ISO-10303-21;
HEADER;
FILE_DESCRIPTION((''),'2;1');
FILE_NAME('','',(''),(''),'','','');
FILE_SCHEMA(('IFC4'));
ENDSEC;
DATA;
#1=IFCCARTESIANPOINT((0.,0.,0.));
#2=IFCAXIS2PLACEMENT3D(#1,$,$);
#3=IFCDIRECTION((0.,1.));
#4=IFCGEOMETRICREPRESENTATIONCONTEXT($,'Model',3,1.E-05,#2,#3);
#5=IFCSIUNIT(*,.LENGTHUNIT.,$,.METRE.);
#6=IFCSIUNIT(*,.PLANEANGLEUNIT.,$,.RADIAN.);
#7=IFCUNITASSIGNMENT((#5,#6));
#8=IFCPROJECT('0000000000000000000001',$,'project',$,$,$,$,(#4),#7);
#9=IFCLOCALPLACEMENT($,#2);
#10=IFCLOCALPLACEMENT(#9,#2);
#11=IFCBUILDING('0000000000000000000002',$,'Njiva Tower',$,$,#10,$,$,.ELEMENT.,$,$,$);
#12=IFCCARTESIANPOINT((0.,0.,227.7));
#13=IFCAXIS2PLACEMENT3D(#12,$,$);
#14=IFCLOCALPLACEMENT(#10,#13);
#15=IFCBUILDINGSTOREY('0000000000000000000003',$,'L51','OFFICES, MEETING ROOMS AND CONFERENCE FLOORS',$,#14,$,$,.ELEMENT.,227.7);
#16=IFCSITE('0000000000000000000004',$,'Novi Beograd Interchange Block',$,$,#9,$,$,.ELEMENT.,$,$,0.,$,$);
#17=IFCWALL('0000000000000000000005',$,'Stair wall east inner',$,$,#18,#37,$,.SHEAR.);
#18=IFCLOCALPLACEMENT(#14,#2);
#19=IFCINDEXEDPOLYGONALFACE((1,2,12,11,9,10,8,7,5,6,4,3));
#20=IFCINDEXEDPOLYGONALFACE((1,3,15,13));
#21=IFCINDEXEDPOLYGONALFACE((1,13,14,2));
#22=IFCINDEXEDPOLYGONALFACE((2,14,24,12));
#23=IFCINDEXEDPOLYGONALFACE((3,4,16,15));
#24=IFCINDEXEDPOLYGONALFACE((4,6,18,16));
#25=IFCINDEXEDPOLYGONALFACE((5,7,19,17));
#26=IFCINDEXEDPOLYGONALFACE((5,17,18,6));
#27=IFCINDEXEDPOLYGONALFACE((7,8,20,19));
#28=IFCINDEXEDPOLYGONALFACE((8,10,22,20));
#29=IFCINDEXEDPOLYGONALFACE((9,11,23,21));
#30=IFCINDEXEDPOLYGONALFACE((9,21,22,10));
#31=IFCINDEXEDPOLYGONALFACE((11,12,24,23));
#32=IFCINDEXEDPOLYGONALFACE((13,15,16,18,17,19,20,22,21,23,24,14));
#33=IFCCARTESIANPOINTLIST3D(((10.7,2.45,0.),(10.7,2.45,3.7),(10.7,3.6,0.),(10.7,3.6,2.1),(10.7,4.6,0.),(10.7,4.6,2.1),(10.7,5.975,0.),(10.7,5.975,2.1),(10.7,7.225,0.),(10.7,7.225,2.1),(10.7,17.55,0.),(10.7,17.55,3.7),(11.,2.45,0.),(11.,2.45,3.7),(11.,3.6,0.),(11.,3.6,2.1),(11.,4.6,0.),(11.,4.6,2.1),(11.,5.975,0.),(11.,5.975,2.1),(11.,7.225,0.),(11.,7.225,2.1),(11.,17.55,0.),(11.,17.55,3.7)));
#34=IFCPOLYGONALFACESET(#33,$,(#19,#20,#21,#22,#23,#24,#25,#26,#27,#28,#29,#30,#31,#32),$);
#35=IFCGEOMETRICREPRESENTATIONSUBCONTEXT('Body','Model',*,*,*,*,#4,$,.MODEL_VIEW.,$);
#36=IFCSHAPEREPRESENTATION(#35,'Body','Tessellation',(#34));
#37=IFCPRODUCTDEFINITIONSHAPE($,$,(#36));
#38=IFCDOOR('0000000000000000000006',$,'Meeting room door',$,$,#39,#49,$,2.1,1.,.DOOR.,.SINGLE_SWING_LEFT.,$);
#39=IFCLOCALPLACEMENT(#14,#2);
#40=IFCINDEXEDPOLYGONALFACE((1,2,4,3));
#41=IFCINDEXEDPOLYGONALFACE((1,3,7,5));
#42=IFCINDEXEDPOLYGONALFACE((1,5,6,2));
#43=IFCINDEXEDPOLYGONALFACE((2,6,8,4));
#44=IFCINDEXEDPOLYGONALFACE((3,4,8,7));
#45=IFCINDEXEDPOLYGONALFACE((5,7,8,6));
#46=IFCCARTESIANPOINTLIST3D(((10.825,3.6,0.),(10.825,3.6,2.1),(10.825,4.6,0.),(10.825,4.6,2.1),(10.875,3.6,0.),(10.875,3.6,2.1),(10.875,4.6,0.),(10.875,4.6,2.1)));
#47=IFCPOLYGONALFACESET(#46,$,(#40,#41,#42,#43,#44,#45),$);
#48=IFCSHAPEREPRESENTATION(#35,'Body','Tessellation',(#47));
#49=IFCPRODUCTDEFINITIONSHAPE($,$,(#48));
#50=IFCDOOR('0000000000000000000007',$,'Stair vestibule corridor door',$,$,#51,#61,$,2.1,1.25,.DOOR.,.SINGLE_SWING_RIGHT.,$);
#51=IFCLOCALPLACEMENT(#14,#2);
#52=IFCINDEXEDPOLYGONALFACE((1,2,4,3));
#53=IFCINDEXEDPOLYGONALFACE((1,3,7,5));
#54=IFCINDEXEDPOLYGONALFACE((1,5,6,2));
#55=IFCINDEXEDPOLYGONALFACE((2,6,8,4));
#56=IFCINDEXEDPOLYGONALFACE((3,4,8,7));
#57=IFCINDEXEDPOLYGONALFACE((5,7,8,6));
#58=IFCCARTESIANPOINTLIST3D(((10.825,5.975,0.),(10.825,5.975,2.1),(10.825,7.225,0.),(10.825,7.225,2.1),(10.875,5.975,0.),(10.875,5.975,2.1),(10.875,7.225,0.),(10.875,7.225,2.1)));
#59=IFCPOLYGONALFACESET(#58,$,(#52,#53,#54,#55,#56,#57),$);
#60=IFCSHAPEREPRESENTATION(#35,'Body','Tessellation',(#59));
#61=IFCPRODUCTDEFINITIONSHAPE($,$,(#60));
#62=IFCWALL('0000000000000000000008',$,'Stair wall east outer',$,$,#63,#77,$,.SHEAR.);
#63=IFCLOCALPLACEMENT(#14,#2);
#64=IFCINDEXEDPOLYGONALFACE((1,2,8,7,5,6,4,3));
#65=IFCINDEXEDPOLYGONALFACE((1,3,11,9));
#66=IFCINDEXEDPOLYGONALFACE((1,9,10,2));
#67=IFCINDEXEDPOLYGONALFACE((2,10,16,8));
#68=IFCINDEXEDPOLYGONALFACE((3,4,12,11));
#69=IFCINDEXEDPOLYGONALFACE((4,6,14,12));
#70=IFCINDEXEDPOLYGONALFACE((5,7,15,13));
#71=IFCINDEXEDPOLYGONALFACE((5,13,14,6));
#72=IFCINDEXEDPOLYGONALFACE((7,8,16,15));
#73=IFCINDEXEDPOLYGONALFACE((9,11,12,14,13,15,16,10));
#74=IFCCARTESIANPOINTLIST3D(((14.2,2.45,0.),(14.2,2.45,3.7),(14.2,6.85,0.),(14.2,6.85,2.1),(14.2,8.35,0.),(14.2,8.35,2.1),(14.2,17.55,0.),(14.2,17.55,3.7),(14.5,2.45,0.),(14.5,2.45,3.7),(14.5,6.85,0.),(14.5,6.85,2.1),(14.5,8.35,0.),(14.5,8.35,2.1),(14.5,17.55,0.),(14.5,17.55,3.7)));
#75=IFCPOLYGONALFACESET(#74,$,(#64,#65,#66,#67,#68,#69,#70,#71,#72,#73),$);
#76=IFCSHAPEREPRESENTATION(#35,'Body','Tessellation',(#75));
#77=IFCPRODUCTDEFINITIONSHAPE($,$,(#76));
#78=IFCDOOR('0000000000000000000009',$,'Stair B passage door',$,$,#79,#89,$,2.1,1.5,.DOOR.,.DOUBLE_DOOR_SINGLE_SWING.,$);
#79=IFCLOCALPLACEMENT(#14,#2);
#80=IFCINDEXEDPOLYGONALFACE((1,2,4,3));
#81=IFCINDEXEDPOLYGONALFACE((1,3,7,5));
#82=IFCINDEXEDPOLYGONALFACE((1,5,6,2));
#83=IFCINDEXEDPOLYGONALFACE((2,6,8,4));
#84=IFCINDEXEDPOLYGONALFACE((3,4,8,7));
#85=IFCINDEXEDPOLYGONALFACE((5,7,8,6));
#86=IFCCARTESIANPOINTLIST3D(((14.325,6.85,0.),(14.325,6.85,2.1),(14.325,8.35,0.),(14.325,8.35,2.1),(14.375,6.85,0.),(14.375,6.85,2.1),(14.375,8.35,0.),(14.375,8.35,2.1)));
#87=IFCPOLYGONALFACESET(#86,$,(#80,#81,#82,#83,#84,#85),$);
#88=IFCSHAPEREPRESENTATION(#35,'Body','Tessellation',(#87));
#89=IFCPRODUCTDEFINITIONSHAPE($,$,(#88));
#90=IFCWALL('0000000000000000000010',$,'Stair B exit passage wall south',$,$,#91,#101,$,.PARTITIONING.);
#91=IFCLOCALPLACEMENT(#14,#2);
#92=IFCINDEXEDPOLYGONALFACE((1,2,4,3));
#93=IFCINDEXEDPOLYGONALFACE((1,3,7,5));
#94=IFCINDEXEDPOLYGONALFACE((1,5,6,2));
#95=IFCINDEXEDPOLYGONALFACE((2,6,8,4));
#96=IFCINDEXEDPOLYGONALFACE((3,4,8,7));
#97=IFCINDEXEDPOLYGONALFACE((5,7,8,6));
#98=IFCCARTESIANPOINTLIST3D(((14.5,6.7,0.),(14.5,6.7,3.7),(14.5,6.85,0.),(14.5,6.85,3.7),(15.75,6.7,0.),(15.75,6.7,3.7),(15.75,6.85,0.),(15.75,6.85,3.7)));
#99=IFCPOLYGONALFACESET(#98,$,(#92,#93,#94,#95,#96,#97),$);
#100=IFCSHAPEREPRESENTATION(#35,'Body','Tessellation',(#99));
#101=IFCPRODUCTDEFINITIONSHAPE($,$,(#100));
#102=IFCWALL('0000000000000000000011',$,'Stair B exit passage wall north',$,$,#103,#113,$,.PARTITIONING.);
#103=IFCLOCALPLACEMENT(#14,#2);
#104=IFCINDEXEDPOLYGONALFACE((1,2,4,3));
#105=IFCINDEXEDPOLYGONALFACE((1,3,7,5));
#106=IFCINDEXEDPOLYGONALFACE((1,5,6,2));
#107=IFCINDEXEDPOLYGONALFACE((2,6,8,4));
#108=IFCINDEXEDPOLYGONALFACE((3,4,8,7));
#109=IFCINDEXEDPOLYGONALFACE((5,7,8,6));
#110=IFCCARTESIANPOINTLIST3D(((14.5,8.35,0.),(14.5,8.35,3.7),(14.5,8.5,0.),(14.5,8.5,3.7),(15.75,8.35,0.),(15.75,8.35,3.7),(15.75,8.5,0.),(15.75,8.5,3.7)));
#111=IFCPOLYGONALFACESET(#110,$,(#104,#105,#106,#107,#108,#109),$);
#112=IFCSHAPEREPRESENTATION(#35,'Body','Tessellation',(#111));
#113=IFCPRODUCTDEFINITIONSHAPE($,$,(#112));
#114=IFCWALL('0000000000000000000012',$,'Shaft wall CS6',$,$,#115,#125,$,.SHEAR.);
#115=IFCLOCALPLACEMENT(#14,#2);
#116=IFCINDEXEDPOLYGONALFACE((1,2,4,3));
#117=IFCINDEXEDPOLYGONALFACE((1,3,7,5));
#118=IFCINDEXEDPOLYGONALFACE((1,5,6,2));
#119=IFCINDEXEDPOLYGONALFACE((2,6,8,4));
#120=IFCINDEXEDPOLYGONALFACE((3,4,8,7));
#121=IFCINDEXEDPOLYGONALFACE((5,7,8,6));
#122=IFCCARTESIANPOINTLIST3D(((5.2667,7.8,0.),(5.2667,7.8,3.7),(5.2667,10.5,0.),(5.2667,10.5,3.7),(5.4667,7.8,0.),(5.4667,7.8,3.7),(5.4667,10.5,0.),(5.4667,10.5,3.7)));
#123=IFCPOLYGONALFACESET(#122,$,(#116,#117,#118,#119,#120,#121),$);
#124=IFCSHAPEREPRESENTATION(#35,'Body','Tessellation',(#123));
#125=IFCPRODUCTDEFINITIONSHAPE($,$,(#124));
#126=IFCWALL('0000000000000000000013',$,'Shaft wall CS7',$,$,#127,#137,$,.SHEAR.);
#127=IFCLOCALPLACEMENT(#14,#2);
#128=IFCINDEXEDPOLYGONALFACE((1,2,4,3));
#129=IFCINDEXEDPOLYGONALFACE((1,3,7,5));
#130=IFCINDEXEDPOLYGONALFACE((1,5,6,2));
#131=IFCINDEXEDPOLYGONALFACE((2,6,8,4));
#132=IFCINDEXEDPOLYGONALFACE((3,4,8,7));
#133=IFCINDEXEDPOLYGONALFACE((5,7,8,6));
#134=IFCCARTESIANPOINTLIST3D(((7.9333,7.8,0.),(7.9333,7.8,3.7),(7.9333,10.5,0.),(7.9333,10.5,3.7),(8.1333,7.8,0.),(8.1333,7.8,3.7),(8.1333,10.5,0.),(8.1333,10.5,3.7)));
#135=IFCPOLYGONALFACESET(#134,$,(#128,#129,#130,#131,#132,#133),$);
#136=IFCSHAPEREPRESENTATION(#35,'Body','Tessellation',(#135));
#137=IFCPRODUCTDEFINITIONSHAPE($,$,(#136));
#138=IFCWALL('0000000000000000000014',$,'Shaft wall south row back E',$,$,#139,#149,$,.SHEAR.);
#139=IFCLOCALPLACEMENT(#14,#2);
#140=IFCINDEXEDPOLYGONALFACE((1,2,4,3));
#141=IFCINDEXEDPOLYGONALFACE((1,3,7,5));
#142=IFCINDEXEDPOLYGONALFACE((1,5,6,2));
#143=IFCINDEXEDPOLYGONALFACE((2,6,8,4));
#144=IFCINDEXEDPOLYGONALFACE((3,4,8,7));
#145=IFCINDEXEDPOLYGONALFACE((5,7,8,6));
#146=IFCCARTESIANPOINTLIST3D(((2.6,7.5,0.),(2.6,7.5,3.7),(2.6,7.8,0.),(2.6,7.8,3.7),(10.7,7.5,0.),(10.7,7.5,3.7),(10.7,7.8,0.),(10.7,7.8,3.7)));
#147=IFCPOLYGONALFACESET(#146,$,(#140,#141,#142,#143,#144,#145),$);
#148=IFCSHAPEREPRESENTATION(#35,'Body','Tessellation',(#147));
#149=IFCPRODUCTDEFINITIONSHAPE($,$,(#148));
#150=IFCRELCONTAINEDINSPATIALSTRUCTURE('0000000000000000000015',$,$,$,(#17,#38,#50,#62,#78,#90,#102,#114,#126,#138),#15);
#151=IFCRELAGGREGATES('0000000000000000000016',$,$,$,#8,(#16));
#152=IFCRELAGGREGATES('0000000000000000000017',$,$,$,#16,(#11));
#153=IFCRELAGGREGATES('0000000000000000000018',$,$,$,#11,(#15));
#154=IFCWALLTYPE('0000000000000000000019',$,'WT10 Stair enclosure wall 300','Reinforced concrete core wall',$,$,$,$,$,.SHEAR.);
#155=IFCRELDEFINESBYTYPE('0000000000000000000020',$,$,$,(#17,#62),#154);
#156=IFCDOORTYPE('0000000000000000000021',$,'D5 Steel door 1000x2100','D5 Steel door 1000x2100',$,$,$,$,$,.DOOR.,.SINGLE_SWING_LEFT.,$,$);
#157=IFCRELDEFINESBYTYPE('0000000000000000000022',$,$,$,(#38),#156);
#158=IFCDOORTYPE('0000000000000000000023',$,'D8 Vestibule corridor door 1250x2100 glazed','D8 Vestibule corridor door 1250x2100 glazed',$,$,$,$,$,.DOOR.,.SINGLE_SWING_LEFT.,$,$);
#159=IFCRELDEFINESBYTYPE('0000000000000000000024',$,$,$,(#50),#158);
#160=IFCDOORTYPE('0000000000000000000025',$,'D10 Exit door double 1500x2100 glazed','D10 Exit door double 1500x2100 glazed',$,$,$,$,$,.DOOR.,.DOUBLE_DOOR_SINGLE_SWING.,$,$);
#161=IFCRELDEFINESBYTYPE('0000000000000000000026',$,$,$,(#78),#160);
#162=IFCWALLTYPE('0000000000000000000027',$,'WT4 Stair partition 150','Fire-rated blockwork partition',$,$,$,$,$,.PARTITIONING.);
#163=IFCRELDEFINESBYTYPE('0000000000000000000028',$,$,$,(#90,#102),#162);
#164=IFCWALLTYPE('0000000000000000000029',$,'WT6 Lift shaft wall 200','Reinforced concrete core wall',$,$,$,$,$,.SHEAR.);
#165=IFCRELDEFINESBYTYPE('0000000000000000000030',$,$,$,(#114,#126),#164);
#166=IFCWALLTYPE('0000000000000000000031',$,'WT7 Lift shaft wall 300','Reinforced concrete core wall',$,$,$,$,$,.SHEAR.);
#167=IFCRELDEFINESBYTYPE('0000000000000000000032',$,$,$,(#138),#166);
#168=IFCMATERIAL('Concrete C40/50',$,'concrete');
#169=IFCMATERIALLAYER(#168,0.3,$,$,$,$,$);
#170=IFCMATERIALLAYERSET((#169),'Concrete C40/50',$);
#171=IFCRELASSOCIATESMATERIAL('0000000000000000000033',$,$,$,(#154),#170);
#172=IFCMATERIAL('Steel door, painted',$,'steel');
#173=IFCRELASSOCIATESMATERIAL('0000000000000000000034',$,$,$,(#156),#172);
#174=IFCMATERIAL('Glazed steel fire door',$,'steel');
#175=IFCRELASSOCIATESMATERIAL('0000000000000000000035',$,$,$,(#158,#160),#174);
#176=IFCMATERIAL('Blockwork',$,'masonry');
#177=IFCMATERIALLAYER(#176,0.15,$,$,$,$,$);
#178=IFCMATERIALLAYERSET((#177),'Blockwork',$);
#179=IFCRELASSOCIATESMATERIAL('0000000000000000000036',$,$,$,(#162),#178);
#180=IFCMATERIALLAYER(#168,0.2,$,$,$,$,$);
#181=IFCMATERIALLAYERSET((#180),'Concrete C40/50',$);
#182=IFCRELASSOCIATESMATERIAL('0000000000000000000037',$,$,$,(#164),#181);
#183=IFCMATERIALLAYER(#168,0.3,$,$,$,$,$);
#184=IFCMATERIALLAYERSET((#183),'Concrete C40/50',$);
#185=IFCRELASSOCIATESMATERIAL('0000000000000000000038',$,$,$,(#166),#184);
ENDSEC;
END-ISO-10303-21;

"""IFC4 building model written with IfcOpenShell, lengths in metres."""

from ifc_helpers import new_model, si_unit, direction, frame, frame_2d, origin, place, context, subcontext, project, spatial, rectangle, extrude, material, layer, layer_set, type_object, element, fill, save


model = new_model("IFC4")

# Units and contexts
model_context = context("Model", 3, precision=1e-05, world=origin(), true_north=direction((0.0, 1.0)))
body_context = subcontext(model_context, "Body", "Model", "MODEL_VIEW")
ifc_project = project(units=[si_unit("LENGTHUNIT", "METRE"), si_unit("PLANEANGLEUNIT", "RADIAN")], contexts=[model_context])

# Site, building, storey
site_placement = place(None, origin())
site = spatial("IfcSite", under=ifc_project, at=site_placement, Name="Novi Beograd Interchange Block", CompositionType="ELEMENT", RefElevation=0.0)
building_placement = place(site_placement, origin())
building = spatial("IfcBuilding", under=site, at=building_placement, Name="Njiva Tower", CompositionType="ELEMENT")
storey_placement = place(building_placement, frame((0.0, 0.0, 227.7)))
storey = spatial("IfcBuildingStorey", under=building, at=storey_placement, Name="L51", Description="OFFICES, MEETING ROOMS AND CONFERENCE FLOORS", CompositionType="ELEMENT", Elevation=227.7)

# Shared definitions
ifc_material_1 = material(Name="Blockwork", Category="masonry")

# Wall, openings, doors
ifc_material_2 = material(Name="Concrete C40/50", Category="concrete")
ifc_layer_1 = layer(ifc_material_2, 0.3)
ifc_layer_set_1 = layer_set([ifc_layer_1], Name="Concrete C40/50")
wall_type_1 = type_object("IfcWallType", Name="WT10 Stair enclosure wall 300", Description="Reinforced concrete core wall", PredefinedType="SHEAR", material=ifc_layer_set_1)
wall_1_placement = place(storey_placement, frame((10.85, 2.45, 0.0), z_axis=(0.0, 0.0, 1.0), x_axis=(0.0, 1.0, 0.0)))
wall_1 = element("IfcWall", 1, at=wall_1_placement, inside=storey, type_object=wall_type_1, Name="Stair wall east inner", PredefinedType="SHEAR", context=body_context, shape_type="SweptSolid", body=[
    extrude(rectangle(XDim=15.1, YDim=0.3, at=frame_2d((7.55, 0.0))), origin(), (0.0, 0.0, 1.0), 3.7),
])
opening_1_placement = place(wall_1_placement, frame((3.525, 0.0, 0.0)))
opening_1 = element("IfcOpeningElement", 2, at=opening_1_placement, cuts=wall_1, PredefinedType="OPENING", context=body_context, shape_type="SweptSolid", body=[
    extrude(rectangle(XDim=1.25, YDim=2.1, at=frame_2d((0.625, 1.05))), frame((0.0, 0.16, 0.0), z_axis=(0.0, -1.0, 0.0), x_axis=(1.0, 0.0, 0.0)), (0.0, 0.0, 1.0), 0.32),
])
opening_2_placement = place(wall_1_placement, frame((1.15, 0.0, 0.0)))
opening_2 = element("IfcOpeningElement", 3, at=opening_2_placement, cuts=wall_1, PredefinedType="OPENING", context=body_context, shape_type="SweptSolid", body=[
    extrude(rectangle(XDim=1.0, YDim=2.1, at=frame_2d((0.5, 1.05))), frame((0.0, 0.16, 0.0), z_axis=(0.0, -1.0, 0.0), x_axis=(1.0, 0.0, 0.0)), (0.0, 0.0, 1.0), 0.32),
])
ifc_material_3 = material(Name="Steel door, painted", Category="steel")
door_type_1 = type_object("IfcDoorType", Name="D5 Steel door 1000x2100", Description="D5 Steel door 1000x2100", OperationType="SINGLE_SWING_LEFT", PredefinedType="DOOR", material=ifc_material_3)
door_1_placement = place(opening_2_placement, origin())
door_1 = element("IfcDoor", 4, at=door_1_placement, inside=storey, type_object=door_type_1, Name="Meeting room door", OperationType="SINGLE_SWING_LEFT", OverallHeight=2.1, OverallWidth=1.0, PredefinedType="DOOR", context=body_context, shape_type="SweptSolid", body=[
    extrude(rectangle(XDim=1.0, YDim=2.1, at=frame_2d((0.5, 1.05))), frame((0.0, 0.025, 0.0), z_axis=(0.0, -1.0, 0.0), x_axis=(1.0, 0.0, 0.0)), (0.0, 0.0, 1.0), 0.05),
])
fill(opening_2, door_1)
ifc_material_4 = material(Name="Glazed steel fire door", Category="steel")
door_type_2 = type_object("IfcDoorType", Name="D8 Vestibule corridor door 1250x2100 glazed", Description="D8 Vestibule corridor door 1250x2100 glazed", OperationType="SINGLE_SWING_LEFT", PredefinedType="DOOR", material=ifc_material_4)
door_2_placement = place(opening_1_placement, origin())
door_2 = element("IfcDoor", 5, at=door_2_placement, inside=storey, type_object=door_type_2, Name="Stair vestibule corridor door", OperationType="SINGLE_SWING_RIGHT", OverallHeight=2.1, OverallWidth=1.25, PredefinedType="DOOR", context=body_context, shape_type="SweptSolid", body=[
    extrude(rectangle(XDim=1.25, YDim=2.1, at=frame_2d((0.625, 1.05))), frame((0.0, 0.025, 0.0), z_axis=(0.0, -1.0, 0.0), x_axis=(1.0, 0.0, 0.0)), (0.0, 0.0, 1.0), 0.05),
])
fill(opening_1, door_2)

# Wall, opening, door
wall_2_placement = place(storey_placement, frame((14.35, 2.45, 0.0), z_axis=(0.0, 0.0, 1.0), x_axis=(0.0, 1.0, 0.0)))
wall_2 = element("IfcWall", 6, at=wall_2_placement, inside=storey, type_object=wall_type_1, Name="Stair wall east outer", PredefinedType="SHEAR", context=body_context, shape_type="SweptSolid", body=[
    extrude(rectangle(XDim=15.1, YDim=0.3, at=frame_2d((7.55, 0.0))), origin(), (0.0, 0.0, 1.0), 3.7),
])
opening_3_placement = place(wall_2_placement, frame((4.4, 0.0, 0.0)))
opening_3 = element("IfcOpeningElement", 7, at=opening_3_placement, cuts=wall_2, PredefinedType="OPENING", context=body_context, shape_type="SweptSolid", body=[
    extrude(rectangle(XDim=1.5, YDim=2.1, at=frame_2d((0.75, 1.05))), frame((0.0, 0.16, 0.0), z_axis=(0.0, -1.0, 0.0), x_axis=(1.0, 0.0, 0.0)), (0.0, 0.0, 1.0), 0.32),
])
door_type_3 = type_object("IfcDoorType", Name="D10 Exit door double 1500x2100 glazed", Description="D10 Exit door double 1500x2100 glazed", OperationType="DOUBLE_DOOR_SINGLE_SWING", PredefinedType="DOOR", material=ifc_material_4)
door_3_placement = place(opening_3_placement, origin())
door_3 = element("IfcDoor", 8, at=door_3_placement, inside=storey, type_object=door_type_3, Name="Stair B passage door", OperationType="DOUBLE_DOOR_SINGLE_SWING", OverallHeight=2.1, OverallWidth=1.5, PredefinedType="DOOR", context=body_context, shape_type="SweptSolid", body=[
    extrude(rectangle(XDim=1.5, YDim=2.1, at=frame_2d((0.75, 1.05))), frame((0.0, 0.025, 0.0), z_axis=(0.0, -1.0, 0.0), x_axis=(1.0, 0.0, 0.0)), (0.0, 0.0, 1.0), 0.05),
])
fill(opening_3, door_3)

# Walls
ifc_layer_2 = layer(ifc_material_1, 0.15)
ifc_layer_set_2 = layer_set([ifc_layer_2], Name="Blockwork")
wall_type_2 = type_object("IfcWallType", Name="WT4 Stair partition 150", Description="Fire-rated blockwork partition", PredefinedType="PARTITIONING", material=ifc_layer_set_2)
for number, where, z_axis, x_axis, name in (
    (9, (14.5, 6.775, 0.0), (0.0, 0.0, 1.0), (1.0, 0.0, 0.0), "Stair B exit passage wall south"),
    (10, (14.5, 8.425, 0.0), (0.0, 0.0, 1.0), (1.0, 0.0, 0.0), "Stair B exit passage wall north"),
):
    element("IfcWall", number, at=place(storey_placement, frame(where, z_axis=z_axis, x_axis=x_axis)), inside=storey, type_object=wall_type_2, Name=name, PredefinedType="PARTITIONING", context=body_context, shape_type="SweptSolid", body=[
        extrude(rectangle(XDim=1.25, YDim=0.15, at=frame_2d((0.625, 0.0))), origin(), (0.0, 0.0, 1.0), 3.7),
    ])
ifc_layer_3 = layer(ifc_material_2, 0.2)
ifc_layer_set_3 = layer_set([ifc_layer_3], Name="Concrete C40/50")
wall_type_3 = type_object("IfcWallType", Name="WT6 Lift shaft wall 200", Description="Reinforced concrete core wall", PredefinedType="SHEAR", material=ifc_layer_set_3)
for number, where, z_axis, x_axis, name in (
    (11, (5.3667, 7.8, 0.0), (0.0, 0.0, 1.0), (0.0, 1.0, 0.0), "Shaft wall CS6"),
    (12, (8.0333, 7.8, 0.0), (0.0, 0.0, 1.0), (0.0, 1.0, 0.0), "Shaft wall CS7"),
):
    element("IfcWall", number, at=place(storey_placement, frame(where, z_axis=z_axis, x_axis=x_axis)), inside=storey, type_object=wall_type_3, Name=name, PredefinedType="SHEAR", context=body_context, shape_type="SweptSolid", body=[
        extrude(rectangle(XDim=2.7, YDim=0.2, at=frame_2d((1.35, 0.0))), origin(), (0.0, 0.0, 1.0), 3.7),
    ])
ifc_layer_4 = layer(ifc_material_2, 0.3)
ifc_layer_set_4 = layer_set([ifc_layer_4], Name="Concrete C40/50")
wall_type_4 = type_object("IfcWallType", Name="WT7 Lift shaft wall 300", Description="Reinforced concrete core wall", PredefinedType="SHEAR", material=ifc_layer_set_4)
wall_3_placement = place(storey_placement, frame((2.6, 7.65, 0.0), z_axis=(0.0, 0.0, 1.0), x_axis=(1.0, 0.0, 0.0)))
element("IfcWall", 13, at=wall_3_placement, inside=storey, type_object=wall_type_4, Name="Shaft wall south row back E", PredefinedType="SHEAR", context=body_context, shape_type="SweptSolid", body=[
    extrude(rectangle(XDim=8.1, YDim=0.3, at=frame_2d((4.05, 0.0))), origin(), (0.0, 0.0, 1.0), 3.7),
])

save(model, "model.ifc")
